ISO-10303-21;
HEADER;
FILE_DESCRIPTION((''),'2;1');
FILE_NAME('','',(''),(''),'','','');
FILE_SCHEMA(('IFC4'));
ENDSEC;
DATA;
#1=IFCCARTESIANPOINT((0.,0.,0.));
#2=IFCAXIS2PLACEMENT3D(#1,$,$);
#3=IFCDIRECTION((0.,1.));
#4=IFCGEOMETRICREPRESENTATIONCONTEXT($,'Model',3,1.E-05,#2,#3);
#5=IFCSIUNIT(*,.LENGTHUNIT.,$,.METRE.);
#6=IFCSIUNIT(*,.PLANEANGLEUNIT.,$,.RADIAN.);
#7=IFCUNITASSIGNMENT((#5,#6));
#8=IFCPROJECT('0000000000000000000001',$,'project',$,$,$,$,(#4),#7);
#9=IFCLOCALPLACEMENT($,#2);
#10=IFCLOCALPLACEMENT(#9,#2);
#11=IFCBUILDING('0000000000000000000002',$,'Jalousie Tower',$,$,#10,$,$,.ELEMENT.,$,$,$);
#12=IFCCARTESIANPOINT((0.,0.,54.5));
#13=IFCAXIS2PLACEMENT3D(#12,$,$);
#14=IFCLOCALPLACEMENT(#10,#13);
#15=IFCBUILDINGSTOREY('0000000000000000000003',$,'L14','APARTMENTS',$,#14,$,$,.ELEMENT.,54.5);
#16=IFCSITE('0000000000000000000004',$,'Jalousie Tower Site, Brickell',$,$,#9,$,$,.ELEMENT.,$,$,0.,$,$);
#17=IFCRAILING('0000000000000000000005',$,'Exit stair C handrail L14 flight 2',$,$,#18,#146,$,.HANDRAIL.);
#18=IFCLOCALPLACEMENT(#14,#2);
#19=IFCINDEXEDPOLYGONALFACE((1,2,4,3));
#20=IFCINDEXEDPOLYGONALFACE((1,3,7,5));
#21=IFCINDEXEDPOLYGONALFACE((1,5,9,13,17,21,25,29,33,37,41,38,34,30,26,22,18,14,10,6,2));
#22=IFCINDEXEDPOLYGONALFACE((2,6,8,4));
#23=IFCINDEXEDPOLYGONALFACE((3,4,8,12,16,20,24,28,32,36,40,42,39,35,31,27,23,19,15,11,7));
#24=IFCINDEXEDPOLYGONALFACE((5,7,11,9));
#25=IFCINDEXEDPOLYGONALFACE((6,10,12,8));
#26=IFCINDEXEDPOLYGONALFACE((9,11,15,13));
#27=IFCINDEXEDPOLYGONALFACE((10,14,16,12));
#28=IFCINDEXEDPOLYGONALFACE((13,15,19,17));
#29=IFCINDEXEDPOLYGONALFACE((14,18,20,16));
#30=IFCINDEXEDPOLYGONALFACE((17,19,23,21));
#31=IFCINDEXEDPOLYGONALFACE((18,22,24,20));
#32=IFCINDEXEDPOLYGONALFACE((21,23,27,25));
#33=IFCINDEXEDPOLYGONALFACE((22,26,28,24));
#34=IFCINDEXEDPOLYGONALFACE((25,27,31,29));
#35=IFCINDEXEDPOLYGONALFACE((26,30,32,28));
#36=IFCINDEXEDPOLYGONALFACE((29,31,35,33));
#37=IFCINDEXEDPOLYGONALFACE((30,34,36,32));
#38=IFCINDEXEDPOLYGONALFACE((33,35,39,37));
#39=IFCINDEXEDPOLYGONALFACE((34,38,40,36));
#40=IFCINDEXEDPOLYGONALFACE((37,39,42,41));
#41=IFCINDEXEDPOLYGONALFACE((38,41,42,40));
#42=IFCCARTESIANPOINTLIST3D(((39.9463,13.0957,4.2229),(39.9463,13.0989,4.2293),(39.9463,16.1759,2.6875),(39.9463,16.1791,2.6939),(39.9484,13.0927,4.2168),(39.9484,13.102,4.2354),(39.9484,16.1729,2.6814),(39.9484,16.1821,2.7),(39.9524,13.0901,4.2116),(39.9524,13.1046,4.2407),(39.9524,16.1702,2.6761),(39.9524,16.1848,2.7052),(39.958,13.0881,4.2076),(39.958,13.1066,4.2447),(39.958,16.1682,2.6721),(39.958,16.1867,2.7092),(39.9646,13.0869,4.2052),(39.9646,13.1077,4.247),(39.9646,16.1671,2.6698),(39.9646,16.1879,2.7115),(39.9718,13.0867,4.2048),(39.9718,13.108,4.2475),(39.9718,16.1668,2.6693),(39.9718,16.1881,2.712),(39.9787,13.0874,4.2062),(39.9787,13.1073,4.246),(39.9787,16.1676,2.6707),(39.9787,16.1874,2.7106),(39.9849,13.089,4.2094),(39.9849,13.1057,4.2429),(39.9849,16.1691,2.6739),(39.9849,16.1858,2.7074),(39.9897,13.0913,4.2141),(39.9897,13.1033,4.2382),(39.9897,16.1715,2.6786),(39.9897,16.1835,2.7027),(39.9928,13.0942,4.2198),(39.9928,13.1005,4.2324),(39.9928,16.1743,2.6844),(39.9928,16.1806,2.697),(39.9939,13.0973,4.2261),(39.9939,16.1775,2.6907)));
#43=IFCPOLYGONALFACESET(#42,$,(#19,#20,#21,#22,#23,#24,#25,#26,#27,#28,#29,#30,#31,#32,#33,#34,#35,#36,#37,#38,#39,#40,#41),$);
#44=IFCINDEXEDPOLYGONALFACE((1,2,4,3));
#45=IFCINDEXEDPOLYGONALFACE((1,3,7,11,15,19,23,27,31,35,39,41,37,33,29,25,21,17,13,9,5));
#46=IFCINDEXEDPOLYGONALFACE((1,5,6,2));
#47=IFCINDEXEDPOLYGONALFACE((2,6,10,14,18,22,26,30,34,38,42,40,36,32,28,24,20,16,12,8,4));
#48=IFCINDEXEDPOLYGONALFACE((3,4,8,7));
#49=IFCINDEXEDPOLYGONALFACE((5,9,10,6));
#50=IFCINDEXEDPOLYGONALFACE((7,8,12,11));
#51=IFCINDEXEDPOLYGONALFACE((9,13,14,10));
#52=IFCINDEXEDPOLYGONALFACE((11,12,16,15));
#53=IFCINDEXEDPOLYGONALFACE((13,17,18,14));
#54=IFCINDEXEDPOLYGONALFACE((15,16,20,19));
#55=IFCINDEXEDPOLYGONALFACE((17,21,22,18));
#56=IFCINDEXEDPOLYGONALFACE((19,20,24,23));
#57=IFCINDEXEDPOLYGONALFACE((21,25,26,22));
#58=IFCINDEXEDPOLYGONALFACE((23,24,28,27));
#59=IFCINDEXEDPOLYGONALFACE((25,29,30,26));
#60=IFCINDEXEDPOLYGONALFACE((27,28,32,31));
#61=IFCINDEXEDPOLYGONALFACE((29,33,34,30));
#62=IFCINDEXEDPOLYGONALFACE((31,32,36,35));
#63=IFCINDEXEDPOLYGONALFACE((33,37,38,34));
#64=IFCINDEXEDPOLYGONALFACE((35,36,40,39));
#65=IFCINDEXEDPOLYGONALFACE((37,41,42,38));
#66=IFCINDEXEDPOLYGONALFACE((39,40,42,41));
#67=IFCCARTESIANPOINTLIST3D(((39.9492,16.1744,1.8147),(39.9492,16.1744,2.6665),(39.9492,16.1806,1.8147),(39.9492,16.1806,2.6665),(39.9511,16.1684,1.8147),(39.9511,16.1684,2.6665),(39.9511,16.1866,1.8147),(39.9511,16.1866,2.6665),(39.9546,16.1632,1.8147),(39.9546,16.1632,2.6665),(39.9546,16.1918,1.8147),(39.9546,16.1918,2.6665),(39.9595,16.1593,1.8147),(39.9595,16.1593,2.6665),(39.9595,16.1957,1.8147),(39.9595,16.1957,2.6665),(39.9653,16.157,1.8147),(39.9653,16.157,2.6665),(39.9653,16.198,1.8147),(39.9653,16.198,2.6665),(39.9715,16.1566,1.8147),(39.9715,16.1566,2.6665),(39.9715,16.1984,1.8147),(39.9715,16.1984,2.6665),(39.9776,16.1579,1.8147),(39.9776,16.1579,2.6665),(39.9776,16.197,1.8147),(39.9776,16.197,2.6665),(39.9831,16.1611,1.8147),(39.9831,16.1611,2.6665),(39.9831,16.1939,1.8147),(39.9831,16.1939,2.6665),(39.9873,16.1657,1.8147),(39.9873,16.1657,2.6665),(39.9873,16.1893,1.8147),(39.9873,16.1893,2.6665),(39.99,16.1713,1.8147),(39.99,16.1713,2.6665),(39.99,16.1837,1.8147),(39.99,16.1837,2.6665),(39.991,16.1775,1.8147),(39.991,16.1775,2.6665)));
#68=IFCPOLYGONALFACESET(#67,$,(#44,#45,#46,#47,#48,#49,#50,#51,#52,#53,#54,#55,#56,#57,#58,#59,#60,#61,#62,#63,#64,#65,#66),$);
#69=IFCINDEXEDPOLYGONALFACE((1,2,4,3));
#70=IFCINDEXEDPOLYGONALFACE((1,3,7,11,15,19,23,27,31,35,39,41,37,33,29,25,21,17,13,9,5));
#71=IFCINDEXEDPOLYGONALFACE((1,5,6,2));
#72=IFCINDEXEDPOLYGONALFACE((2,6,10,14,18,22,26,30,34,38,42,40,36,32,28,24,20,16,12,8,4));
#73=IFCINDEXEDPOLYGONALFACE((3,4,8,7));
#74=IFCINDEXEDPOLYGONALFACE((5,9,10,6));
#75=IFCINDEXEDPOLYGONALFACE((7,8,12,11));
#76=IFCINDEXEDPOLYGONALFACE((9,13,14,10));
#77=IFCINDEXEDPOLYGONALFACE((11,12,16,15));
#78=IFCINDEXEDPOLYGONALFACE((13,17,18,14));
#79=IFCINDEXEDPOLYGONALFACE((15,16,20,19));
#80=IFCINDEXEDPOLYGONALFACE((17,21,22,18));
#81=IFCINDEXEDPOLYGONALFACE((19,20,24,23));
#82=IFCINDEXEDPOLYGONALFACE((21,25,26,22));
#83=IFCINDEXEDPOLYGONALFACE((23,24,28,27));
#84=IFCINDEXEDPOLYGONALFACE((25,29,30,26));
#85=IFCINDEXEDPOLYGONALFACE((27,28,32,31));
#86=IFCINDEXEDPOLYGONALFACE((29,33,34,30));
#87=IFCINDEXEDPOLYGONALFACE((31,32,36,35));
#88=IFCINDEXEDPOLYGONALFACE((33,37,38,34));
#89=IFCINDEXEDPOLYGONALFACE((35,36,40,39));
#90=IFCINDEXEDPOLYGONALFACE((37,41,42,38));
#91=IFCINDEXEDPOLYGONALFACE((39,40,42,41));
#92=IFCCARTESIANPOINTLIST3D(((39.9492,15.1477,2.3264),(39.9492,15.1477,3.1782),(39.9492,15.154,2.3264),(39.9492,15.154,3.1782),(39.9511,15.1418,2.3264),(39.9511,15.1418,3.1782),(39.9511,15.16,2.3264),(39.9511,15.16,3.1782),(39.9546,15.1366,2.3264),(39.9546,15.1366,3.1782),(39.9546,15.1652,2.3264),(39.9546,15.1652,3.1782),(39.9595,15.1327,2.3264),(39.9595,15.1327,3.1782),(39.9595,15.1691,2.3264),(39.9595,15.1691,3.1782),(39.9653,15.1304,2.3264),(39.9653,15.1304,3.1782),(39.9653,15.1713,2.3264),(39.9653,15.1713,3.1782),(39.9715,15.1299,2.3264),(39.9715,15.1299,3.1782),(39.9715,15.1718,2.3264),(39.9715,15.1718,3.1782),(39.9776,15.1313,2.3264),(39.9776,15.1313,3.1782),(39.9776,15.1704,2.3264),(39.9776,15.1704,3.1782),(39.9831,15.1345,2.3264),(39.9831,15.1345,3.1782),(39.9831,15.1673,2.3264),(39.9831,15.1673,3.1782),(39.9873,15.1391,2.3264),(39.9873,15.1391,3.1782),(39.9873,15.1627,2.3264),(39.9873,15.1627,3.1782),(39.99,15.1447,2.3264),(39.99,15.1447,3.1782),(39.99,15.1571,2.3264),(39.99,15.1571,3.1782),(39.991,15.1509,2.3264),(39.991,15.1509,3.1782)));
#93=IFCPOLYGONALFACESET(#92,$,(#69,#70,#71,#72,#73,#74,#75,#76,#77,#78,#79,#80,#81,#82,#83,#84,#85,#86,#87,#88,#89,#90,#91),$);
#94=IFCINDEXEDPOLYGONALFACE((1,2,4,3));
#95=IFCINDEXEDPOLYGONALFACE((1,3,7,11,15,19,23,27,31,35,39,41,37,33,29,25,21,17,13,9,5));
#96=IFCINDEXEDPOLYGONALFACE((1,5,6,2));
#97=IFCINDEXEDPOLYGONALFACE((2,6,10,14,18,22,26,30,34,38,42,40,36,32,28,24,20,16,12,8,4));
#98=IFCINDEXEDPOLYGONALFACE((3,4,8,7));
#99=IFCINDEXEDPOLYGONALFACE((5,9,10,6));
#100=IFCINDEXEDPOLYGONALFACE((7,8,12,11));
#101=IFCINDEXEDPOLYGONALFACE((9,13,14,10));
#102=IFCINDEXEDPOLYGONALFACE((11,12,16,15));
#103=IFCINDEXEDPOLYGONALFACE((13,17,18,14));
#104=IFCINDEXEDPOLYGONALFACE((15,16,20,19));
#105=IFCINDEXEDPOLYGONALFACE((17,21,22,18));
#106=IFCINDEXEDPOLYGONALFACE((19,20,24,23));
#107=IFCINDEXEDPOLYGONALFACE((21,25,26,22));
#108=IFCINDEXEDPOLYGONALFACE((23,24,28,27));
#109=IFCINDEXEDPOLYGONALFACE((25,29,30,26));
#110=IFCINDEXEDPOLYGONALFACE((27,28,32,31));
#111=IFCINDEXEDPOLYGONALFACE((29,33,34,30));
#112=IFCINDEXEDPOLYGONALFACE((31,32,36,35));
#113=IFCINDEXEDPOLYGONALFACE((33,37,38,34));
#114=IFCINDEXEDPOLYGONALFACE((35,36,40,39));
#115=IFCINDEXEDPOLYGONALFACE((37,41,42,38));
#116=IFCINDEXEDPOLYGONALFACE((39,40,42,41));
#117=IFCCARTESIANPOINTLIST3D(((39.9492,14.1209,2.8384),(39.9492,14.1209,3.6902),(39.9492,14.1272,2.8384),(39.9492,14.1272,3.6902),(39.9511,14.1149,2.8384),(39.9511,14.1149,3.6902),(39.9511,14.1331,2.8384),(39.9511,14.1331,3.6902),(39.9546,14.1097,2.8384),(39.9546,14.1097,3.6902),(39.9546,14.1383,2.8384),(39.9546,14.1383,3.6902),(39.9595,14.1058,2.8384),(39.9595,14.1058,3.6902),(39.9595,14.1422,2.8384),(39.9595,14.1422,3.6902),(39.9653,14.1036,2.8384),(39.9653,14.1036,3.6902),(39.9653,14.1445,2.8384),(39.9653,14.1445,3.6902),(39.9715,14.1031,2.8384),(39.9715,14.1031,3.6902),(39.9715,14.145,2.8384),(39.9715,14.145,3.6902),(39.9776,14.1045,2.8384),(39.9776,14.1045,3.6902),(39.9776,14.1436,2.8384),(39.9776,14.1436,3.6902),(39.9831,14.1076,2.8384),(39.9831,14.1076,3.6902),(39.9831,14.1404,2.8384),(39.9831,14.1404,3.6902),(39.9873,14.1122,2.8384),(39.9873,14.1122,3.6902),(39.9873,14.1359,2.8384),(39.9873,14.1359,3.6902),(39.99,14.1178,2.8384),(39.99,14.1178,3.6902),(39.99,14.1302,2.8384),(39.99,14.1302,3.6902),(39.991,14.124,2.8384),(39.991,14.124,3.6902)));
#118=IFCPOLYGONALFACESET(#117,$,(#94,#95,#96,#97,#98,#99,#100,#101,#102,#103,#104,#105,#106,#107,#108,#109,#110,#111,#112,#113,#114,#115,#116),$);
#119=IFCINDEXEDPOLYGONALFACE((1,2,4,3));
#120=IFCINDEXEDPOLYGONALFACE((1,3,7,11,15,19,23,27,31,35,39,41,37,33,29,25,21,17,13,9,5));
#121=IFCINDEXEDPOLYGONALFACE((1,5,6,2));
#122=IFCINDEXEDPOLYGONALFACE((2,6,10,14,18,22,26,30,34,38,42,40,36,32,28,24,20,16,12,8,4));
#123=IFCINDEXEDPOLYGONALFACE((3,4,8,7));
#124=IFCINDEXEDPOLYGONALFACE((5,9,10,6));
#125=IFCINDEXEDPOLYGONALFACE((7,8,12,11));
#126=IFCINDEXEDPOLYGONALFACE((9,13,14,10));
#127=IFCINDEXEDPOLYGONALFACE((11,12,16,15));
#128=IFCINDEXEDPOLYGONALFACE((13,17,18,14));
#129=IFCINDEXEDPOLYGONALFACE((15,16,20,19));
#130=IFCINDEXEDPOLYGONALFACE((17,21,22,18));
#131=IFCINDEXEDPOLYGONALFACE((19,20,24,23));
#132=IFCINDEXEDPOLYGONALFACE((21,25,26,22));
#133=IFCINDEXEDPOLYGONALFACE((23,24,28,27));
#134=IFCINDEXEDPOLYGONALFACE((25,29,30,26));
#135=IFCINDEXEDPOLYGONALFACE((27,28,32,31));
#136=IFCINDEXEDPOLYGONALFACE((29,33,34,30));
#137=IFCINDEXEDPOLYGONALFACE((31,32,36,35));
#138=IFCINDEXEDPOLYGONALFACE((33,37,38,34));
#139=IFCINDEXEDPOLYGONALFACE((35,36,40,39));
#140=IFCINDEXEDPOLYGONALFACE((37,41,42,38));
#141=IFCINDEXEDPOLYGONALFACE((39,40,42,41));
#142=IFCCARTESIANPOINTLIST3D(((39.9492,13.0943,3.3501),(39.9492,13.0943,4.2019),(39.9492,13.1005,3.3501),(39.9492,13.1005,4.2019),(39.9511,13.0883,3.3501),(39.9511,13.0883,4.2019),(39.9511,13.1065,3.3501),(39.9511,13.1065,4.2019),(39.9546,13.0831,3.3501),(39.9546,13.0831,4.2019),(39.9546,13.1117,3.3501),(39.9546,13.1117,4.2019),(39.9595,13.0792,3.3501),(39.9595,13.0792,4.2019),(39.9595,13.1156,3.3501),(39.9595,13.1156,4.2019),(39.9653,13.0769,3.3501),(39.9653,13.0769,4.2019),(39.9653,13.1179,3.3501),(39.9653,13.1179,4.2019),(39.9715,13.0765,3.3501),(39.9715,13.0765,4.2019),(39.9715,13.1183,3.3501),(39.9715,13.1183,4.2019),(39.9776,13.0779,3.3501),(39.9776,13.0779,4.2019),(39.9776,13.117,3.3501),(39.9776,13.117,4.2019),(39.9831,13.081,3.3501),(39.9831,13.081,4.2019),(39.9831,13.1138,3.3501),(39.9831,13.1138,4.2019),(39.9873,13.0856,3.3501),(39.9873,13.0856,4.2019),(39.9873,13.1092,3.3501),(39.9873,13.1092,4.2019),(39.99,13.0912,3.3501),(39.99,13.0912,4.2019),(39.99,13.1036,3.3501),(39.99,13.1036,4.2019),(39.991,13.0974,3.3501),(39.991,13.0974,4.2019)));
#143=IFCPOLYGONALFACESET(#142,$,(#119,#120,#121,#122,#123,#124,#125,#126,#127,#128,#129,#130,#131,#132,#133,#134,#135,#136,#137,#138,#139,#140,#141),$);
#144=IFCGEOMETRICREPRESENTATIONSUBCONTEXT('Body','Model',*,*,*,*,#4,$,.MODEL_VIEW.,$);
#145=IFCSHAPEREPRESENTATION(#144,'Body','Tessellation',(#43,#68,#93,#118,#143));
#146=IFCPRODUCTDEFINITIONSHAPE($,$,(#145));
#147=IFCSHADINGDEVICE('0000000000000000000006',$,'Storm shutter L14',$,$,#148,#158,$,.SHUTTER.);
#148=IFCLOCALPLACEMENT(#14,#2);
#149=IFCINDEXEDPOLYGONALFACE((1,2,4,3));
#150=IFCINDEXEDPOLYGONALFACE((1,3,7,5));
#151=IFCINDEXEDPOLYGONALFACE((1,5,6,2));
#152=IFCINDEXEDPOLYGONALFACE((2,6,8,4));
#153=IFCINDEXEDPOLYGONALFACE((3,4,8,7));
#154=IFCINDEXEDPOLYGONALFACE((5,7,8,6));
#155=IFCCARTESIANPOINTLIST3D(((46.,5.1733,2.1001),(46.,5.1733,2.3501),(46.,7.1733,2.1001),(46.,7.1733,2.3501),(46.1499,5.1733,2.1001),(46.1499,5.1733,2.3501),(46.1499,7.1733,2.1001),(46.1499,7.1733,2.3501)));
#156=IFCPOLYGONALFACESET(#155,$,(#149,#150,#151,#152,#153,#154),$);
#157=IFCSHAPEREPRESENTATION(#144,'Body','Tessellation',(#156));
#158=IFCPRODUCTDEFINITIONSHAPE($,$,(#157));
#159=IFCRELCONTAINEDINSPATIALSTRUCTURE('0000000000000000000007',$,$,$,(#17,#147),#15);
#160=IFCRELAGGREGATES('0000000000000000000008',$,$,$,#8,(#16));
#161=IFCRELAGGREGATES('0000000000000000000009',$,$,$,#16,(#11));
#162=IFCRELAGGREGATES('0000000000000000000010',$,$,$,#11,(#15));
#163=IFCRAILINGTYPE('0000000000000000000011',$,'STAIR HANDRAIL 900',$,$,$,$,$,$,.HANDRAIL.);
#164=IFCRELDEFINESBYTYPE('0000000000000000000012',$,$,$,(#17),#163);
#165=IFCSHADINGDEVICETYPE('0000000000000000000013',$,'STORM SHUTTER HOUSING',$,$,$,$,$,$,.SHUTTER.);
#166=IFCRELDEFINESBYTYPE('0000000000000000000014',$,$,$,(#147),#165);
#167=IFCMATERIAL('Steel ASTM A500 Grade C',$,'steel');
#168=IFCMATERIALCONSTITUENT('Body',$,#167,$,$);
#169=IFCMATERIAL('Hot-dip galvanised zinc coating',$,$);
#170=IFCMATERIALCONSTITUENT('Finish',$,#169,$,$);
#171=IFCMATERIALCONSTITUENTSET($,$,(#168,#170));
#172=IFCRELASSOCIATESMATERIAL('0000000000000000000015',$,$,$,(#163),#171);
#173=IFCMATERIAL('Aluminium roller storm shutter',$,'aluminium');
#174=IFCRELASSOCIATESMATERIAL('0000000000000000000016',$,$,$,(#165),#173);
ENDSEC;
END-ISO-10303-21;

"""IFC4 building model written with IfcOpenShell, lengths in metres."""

from ifc_helpers import new_model, si_unit, direction, frame, origin, origin_2d, place, context, subcontext, project, spatial, rectangle, circle, extrude, material, constituent, constituent_set, type_object, element, save


model = new_model("IFC4")

# Units and contexts
model_context = context("Model", 3, precision=1e-05, world=origin(), true_north=direction((0.0, 1.0)))
body_context = subcontext(model_context, "Body", "Model", "MODEL_VIEW")
ifc_project = project(units=[si_unit("LENGTHUNIT", "METRE"), si_unit("PLANEANGLEUNIT", "RADIAN")], contexts=[model_context])

# Site, building, storey
site_placement = place(None, origin())
site = spatial("IfcSite", under=ifc_project, at=site_placement, Name="Jalousie Tower Site, Brickell", CompositionType="ELEMENT", RefElevation=0.0)
building_placement = place(site_placement, origin())
building = spatial("IfcBuilding", under=site, at=building_placement, Name="Jalousie Tower", CompositionType="ELEMENT")
storey_placement = place(building_placement, frame((0.0, 0.0, 54.5)))
storey = spatial("IfcBuildingStorey", under=building, at=storey_placement, Name="L14", Description="APARTMENTS", CompositionType="ELEMENT", Elevation=54.5)

# Railing
ifc_material_1 = material(Name="Steel ASTM A500 Grade C", Category="steel")
ifc_constituent_1 = constituent(ifc_material_1, Name="Body")
ifc_material_2 = material(Name="Hot-dip galvanised zinc coating")
ifc_constituent_2 = constituent(ifc_material_2, Name="Finish")
ifc_constituent_set_1 = constituent_set(constituents=[ifc_constituent_1, ifc_constituent_2])
railing_type_1 = type_object("IfcRailingType", Name="STAIR HANDRAIL 900", PredefinedType="HANDRAIL", material=ifc_constituent_set_1)
railing_1_placement = place(storey_placement, frame((39.97, 16.1775, 1.8147)))
element("IfcRailing", 1, at=railing_1_placement, inside=storey, type_object=railing_type_1, Name="Exit stair C handrail L14 flight 2", PredefinedType="HANDRAIL", context=body_context, shape_type="SweptSolid", body=[
    extrude(circle(Radius=0.0239, at=origin_2d()), frame((0.0, 0.0, 0.876), z_axis=(0.0, -0.894966, 0.446135), x_axis=(1.0, 0.0, 0.0)), (0.0, 0.0, 1.0), 3.4417),
    extrude(circle(Radius=0.021, at=origin_2d()), origin(), (0.0, 0.0, 1.0), 0.8518),
    extrude(circle(Radius=0.021, at=origin_2d()), frame((0.0, -1.0266, 0.5117)), (0.0, 0.0, 1.0), 0.8518),
    extrude(circle(Radius=0.021, at=origin_2d()), frame((0.0, -2.0535, 1.0237)), (0.0, 0.0, 1.0), 0.8518),
    extrude(circle(Radius=0.021, at=origin_2d()), frame((0.0, -3.0801, 1.5354)), (0.0, 0.0, 1.0), 0.8518),
])

# Shading device
ifc_material_3 = material(Name="Aluminium roller storm shutter", Category="aluminium")
shading_device_type = type_object("IfcShadingDeviceType", Name="STORM SHUTTER HOUSING", PredefinedType="SHUTTER", material=ifc_material_3)
shading_device_placement = place(storey_placement, frame((46.075, 6.1733, 2.1001), z_axis=(0.0, 0.0, 1.0), x_axis=(0.0, 1.0, 0.0)))
element("IfcShadingDevice", 2, at=shading_device_placement, inside=storey, type_object=shading_device_type, Name="Storm shutter L14", PredefinedType="SHUTTER", context=body_context, shape_type="SweptSolid", body=[
    extrude(rectangle(XDim=2.0, YDim=0.1499, at=origin_2d()), origin(), (0.0, 0.0, 1.0), 0.25),
])

save(model, "model.ifc")
